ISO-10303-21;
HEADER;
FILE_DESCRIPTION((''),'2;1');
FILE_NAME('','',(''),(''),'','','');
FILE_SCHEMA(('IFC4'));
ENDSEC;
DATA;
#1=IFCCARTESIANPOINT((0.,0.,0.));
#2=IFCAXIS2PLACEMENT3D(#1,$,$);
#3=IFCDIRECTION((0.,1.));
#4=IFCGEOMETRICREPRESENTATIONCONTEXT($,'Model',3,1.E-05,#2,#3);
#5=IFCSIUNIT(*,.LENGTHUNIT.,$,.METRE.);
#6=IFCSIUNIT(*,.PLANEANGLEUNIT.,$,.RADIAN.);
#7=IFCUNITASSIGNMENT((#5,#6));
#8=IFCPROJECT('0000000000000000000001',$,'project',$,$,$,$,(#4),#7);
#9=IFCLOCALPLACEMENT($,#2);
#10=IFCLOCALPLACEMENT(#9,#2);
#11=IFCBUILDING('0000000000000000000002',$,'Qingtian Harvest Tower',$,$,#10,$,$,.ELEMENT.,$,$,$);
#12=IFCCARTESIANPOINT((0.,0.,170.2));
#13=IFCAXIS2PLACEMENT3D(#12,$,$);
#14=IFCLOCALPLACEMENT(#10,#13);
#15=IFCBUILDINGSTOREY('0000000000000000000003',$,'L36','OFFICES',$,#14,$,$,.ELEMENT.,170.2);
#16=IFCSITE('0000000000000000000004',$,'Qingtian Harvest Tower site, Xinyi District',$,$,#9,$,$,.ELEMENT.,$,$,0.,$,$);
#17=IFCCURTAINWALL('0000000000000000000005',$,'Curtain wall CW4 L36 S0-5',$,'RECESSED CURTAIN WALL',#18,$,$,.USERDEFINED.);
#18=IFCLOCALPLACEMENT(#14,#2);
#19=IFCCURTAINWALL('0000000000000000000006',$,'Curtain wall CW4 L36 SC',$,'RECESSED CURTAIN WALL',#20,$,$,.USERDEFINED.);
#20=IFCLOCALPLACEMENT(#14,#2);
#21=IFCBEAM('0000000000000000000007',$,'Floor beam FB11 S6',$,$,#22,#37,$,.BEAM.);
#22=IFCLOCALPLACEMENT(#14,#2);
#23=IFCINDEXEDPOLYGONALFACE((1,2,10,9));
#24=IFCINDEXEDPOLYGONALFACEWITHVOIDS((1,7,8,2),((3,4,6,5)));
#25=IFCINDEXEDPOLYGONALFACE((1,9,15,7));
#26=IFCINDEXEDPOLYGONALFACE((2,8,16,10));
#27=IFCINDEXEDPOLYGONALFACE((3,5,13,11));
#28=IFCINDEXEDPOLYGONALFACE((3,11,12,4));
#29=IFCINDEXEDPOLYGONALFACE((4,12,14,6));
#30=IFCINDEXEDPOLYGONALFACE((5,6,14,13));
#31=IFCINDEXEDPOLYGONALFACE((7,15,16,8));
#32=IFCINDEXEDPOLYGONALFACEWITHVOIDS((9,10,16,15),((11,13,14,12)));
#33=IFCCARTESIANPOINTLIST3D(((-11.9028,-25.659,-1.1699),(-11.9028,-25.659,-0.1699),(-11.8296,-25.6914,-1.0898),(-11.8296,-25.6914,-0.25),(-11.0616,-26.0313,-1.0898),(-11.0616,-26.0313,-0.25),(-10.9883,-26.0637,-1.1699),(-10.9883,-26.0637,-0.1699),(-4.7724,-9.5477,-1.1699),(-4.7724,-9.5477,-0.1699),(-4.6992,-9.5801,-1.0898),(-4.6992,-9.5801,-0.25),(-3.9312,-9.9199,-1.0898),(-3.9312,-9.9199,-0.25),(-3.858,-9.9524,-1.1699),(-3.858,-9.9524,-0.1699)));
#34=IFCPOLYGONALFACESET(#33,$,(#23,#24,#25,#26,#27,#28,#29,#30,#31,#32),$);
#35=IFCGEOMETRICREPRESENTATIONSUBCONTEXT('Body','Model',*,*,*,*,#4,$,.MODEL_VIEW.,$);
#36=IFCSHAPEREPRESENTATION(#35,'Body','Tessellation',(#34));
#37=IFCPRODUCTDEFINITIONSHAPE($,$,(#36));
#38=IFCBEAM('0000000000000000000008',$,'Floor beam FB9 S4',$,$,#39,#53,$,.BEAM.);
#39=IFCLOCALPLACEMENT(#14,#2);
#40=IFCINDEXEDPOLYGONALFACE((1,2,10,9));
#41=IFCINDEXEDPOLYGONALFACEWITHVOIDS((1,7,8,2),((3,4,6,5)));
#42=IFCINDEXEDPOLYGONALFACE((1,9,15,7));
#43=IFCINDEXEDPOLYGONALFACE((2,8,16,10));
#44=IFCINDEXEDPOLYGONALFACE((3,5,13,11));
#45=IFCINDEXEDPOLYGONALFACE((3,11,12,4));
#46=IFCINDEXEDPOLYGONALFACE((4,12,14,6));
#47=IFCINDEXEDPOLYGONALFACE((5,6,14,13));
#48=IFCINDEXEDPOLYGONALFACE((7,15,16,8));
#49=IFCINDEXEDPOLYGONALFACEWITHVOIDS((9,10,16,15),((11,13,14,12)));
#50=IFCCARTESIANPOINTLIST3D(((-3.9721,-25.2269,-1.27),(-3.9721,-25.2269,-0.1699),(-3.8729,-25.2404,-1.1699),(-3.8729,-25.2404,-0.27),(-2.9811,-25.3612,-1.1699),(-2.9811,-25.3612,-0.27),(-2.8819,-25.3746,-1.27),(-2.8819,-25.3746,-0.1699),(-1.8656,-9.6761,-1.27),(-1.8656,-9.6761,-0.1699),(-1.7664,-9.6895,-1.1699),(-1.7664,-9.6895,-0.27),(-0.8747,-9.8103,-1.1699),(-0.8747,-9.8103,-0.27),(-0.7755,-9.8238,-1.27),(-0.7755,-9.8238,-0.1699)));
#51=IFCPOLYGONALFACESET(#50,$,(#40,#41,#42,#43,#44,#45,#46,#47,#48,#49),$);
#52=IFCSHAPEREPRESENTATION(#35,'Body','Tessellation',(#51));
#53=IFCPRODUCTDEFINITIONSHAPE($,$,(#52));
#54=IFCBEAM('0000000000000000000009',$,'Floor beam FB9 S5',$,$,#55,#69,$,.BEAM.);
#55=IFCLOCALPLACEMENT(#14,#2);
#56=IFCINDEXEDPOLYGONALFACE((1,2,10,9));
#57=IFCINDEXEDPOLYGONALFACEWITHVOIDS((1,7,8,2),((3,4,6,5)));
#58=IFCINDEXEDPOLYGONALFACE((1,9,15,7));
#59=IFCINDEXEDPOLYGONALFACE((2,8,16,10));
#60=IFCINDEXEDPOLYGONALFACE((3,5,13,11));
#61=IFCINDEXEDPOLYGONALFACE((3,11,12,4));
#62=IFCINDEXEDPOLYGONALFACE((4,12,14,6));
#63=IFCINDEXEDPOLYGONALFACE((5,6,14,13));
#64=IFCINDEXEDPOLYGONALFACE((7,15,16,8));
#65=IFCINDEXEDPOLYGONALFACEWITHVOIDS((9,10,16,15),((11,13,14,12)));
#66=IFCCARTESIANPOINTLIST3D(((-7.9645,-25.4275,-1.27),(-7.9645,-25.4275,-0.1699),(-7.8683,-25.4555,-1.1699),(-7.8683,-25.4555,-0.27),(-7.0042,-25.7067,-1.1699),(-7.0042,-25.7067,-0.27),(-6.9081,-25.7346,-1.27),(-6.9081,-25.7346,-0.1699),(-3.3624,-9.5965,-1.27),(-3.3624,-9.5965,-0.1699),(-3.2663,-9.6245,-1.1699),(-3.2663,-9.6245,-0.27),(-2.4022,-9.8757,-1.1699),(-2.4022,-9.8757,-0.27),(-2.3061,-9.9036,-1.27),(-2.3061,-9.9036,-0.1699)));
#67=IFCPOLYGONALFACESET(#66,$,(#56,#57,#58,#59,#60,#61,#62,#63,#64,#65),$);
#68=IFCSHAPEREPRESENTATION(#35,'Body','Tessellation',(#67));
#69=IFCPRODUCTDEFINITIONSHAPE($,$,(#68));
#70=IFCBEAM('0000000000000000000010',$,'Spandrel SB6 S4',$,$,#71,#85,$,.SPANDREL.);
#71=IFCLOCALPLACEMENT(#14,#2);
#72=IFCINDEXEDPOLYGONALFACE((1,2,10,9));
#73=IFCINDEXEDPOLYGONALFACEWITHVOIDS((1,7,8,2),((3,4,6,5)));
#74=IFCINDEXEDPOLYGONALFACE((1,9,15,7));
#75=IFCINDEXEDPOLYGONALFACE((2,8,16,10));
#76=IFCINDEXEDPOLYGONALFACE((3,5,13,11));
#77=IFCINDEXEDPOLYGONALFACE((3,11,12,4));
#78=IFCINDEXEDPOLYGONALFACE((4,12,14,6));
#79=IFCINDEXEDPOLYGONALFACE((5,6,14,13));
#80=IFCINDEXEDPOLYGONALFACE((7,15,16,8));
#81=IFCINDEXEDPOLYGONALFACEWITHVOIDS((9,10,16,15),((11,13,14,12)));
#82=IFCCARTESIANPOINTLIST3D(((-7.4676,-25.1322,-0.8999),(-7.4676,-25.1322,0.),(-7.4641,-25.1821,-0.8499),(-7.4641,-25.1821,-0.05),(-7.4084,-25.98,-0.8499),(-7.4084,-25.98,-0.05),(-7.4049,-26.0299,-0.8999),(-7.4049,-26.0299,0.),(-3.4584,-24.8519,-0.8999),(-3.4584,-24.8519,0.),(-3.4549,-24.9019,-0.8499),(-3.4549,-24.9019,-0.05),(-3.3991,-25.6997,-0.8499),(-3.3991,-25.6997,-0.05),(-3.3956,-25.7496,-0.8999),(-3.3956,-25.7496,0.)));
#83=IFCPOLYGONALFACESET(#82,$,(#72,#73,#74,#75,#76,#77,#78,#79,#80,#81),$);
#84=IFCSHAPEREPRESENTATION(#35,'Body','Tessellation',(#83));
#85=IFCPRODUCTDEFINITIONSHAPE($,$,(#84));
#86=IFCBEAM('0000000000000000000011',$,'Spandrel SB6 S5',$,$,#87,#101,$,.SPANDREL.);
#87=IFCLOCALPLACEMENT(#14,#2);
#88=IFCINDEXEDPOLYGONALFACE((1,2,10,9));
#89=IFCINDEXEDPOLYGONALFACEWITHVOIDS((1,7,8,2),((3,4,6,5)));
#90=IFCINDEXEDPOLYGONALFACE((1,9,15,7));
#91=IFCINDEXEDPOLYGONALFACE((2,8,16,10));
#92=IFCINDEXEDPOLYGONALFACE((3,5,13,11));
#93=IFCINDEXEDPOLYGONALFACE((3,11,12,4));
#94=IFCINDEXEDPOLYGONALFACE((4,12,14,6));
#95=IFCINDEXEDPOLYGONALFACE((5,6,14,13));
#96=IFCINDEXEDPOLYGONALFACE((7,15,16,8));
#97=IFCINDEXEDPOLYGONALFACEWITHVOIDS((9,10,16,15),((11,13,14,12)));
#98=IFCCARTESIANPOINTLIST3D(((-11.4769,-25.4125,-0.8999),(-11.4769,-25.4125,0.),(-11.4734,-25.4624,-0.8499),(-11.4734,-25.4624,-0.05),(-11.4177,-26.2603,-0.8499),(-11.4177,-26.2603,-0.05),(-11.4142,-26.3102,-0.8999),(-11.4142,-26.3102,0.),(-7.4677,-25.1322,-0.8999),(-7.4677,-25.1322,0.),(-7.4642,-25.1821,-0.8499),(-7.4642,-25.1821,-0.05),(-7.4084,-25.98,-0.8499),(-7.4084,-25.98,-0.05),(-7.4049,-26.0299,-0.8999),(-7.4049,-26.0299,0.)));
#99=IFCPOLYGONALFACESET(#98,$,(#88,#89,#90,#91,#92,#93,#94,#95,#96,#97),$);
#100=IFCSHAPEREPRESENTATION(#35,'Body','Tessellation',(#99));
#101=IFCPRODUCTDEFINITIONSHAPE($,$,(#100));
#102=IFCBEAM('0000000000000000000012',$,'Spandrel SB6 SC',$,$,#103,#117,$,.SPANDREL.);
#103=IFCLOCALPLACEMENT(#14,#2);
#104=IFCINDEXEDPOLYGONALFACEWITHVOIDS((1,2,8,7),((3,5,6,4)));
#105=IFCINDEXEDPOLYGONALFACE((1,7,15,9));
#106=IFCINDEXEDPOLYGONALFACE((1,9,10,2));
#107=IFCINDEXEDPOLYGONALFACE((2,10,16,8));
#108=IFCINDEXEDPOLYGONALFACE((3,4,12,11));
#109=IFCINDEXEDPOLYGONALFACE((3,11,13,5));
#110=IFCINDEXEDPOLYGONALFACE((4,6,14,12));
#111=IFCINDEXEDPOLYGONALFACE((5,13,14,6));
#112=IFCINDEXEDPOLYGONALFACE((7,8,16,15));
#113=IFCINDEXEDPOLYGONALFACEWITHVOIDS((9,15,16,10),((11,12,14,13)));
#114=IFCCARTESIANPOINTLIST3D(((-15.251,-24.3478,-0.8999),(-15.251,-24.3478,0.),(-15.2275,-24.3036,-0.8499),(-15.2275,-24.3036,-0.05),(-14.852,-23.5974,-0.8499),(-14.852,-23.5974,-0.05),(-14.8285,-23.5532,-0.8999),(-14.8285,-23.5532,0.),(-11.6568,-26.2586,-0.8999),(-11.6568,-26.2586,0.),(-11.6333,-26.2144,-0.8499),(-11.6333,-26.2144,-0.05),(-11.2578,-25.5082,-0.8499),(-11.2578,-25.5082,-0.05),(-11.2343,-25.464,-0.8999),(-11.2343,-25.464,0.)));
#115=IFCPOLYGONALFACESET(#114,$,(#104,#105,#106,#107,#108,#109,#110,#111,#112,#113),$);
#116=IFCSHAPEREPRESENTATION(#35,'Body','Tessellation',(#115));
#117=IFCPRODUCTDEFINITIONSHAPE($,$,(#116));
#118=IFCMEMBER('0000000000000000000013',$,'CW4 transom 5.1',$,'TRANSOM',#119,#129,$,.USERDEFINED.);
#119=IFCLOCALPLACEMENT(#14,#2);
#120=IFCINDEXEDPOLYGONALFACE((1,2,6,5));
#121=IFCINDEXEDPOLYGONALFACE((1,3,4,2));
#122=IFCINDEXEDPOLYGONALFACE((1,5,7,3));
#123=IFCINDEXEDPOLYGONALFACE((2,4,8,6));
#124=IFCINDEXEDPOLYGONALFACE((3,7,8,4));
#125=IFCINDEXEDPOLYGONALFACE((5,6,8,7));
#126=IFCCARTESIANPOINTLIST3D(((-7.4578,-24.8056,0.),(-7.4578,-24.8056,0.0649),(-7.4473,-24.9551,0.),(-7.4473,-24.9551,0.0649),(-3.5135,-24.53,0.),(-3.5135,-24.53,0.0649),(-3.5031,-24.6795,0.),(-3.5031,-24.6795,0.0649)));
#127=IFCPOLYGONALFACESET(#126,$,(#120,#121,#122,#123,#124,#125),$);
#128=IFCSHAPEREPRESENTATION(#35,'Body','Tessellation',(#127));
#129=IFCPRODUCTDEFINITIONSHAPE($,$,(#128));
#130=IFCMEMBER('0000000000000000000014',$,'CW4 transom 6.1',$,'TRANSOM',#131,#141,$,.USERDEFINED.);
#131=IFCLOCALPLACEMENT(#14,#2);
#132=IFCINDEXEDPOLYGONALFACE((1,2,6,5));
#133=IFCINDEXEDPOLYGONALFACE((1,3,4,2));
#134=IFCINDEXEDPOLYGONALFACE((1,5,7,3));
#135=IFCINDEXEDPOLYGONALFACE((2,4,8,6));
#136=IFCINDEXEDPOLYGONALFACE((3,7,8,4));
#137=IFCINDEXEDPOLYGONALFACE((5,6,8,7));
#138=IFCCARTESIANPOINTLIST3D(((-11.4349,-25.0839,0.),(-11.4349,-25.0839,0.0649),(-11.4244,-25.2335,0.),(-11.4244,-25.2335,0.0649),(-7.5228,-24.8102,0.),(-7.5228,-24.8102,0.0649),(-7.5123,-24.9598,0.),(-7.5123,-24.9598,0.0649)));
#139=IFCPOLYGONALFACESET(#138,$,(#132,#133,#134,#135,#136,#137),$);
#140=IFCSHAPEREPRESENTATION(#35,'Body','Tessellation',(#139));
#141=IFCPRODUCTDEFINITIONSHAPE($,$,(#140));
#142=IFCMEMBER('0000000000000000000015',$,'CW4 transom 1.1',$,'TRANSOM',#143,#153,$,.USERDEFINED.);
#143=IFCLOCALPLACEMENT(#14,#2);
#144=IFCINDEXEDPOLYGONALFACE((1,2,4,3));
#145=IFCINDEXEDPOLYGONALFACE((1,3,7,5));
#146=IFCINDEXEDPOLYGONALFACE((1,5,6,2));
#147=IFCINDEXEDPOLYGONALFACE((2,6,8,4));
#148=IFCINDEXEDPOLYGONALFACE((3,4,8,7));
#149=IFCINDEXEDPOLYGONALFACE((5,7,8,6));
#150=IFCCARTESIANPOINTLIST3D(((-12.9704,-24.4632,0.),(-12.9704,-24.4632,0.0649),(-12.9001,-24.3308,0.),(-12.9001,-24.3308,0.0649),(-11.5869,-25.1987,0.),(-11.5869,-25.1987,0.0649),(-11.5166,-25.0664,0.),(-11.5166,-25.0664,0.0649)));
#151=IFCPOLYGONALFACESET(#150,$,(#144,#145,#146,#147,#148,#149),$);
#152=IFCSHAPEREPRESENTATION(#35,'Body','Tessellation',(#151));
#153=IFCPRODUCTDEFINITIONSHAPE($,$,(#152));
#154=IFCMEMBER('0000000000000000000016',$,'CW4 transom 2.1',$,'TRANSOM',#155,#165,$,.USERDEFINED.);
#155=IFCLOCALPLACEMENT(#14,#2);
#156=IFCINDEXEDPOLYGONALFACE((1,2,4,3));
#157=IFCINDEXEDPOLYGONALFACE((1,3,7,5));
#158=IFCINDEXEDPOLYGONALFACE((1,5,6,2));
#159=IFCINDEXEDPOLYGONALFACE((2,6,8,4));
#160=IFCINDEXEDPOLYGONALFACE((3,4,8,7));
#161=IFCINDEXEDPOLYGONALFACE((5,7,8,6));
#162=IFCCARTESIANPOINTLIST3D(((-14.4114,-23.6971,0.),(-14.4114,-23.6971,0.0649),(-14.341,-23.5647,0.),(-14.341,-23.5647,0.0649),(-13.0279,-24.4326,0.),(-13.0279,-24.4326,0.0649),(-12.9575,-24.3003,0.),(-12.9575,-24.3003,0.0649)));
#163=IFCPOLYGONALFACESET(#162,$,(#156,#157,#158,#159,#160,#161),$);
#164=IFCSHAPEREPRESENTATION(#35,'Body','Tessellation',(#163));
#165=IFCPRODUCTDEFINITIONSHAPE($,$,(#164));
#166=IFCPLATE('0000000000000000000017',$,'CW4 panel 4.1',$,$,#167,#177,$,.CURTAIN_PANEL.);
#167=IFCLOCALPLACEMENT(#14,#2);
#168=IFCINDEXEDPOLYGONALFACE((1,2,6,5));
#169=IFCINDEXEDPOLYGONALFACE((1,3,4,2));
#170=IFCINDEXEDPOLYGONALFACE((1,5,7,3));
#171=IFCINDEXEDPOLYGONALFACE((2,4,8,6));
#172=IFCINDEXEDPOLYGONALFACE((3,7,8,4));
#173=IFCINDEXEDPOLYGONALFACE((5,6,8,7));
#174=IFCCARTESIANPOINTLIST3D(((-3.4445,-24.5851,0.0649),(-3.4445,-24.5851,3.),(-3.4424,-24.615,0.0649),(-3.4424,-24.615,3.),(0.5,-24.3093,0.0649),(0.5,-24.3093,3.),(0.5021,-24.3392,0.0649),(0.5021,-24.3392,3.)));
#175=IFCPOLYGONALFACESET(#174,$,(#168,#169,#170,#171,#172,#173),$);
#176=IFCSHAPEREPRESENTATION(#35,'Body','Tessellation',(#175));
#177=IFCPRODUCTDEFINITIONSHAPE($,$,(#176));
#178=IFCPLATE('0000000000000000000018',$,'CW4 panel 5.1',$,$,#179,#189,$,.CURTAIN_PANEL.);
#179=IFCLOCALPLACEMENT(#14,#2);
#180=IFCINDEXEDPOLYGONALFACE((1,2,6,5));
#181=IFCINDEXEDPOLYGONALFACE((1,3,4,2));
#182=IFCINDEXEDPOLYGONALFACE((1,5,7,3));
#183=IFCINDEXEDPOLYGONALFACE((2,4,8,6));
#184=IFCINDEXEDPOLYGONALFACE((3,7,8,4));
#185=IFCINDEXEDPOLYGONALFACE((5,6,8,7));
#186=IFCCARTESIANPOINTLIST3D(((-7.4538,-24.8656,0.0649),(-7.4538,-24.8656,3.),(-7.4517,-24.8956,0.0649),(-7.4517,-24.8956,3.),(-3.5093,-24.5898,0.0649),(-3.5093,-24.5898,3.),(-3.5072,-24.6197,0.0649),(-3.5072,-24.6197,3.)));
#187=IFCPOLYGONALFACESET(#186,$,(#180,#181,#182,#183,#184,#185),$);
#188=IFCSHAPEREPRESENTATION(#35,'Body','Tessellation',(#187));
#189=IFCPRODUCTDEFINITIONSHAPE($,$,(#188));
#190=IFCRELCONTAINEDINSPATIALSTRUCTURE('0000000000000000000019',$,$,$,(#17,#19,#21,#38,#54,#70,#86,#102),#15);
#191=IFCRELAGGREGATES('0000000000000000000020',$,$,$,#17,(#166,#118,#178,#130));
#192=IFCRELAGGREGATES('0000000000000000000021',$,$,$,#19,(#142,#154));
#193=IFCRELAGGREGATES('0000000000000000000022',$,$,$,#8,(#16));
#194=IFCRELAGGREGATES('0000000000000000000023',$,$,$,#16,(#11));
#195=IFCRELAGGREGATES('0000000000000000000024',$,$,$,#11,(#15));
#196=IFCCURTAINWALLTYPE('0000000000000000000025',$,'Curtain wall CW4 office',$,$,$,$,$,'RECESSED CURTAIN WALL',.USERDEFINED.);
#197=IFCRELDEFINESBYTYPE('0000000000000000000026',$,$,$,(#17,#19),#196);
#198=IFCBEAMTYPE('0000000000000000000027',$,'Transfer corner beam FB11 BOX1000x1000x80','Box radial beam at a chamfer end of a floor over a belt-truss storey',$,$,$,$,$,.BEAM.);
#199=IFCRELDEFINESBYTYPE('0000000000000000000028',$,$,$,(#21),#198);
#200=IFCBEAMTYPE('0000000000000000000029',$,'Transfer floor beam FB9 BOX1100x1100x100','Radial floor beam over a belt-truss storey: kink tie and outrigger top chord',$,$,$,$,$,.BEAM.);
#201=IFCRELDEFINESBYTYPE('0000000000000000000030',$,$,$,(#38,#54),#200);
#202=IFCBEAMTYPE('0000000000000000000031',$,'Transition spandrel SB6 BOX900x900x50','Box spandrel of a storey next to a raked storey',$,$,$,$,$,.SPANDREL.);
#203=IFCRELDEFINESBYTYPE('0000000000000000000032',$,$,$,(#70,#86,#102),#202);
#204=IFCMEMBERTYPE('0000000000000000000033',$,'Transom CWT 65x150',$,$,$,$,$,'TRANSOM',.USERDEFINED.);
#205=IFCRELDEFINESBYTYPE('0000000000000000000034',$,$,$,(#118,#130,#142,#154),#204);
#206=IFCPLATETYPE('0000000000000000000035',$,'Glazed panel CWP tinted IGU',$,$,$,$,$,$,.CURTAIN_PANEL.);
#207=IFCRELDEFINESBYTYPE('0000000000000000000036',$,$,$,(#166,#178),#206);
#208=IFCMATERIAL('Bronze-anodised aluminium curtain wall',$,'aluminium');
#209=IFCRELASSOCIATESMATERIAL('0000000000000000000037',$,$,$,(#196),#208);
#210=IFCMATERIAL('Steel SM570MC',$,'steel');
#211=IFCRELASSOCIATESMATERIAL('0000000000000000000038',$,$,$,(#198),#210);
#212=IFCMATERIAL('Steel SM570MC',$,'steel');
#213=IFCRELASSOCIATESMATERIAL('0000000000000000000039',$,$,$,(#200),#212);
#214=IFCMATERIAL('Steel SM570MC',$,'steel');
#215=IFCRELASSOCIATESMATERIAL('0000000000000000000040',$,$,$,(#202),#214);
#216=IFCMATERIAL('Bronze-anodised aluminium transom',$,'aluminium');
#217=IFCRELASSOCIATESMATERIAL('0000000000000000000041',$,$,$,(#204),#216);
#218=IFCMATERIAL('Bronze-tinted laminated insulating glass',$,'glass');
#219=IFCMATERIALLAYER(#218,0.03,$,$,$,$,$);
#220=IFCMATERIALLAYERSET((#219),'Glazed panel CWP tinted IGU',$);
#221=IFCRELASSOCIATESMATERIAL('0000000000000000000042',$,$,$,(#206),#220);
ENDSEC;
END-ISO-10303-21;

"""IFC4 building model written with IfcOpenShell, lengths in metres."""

from ifc_helpers import new_model, si_unit, direction, frame, origin, origin_2d, place, context, subcontext, project, spatial, rectangle, hollow_rectangle, extrude, material, layer, layer_set, material_profile, profile_set, type_object, element, aggregate, save


model = new_model("IFC4")

# Units and contexts
model_context = context("Model", 3, precision=1e-05, world=origin(), true_north=direction((0.0, 1.0)))
body_context = subcontext(model_context, "Body", "Model", "MODEL_VIEW")
ifc_project = project(units=[si_unit("LENGTHUNIT", "METRE"), si_unit("PLANEANGLEUNIT", "RADIAN")], contexts=[model_context])

# Site, building, storey
site_placement = place(None, origin())
site = spatial("IfcSite", under=ifc_project, at=site_placement, Name="Qingtian Harvest Tower site, Xinyi District", CompositionType="ELEMENT", RefElevation=0.0)
building_placement = place(site_placement, origin())
building = spatial("IfcBuilding", under=site, at=building_placement, Name="Qingtian Harvest Tower", CompositionType="ELEMENT")
storey_placement = place(building_placement, frame((0.0, 0.0, 170.2)))
storey = spatial("IfcBuildingStorey", under=building, at=storey_placement, Name="L36", Description="OFFICES", CompositionType="ELEMENT", Elevation=170.2)

# Curtain walls
ifc_material_1 = material(Name="Bronze-anodised aluminium curtain wall", Category="aluminium")
curtain_wall_type = type_object("IfcCurtainWallType", Name="Curtain wall CW4 office", ElementType="RECESSED CURTAIN WALL", PredefinedType="USERDEFINED", material=ifc_material_1)
curtain_wall_1_placement = place(storey_placement, origin())
curtain_wall_1 = element("IfcCurtainWall", 1, at=curtain_wall_1_placement, inside=storey, type_object=curtain_wall_type, Name="Curtain wall CW4 L36 S0-5", ObjectType="RECESSED CURTAIN WALL", PredefinedType="USERDEFINED")
curtain_wall_2_placement = place(storey_placement, origin())
curtain_wall_2 = element("IfcCurtainWall", 2, at=curtain_wall_2_placement, inside=storey, type_object=curtain_wall_type, Name="Curtain wall CW4 L36 SC", ObjectType="RECESSED CURTAIN WALL", PredefinedType="USERDEFINED")

# Beams
ifc_material_2 = material(Name="Steel SM570MC", Category="steel")
ifc_material_profile_1 = material_profile(ifc_material_2, hollow_rectangle(XDim=1.0, YDim=1.0, WallThickness=0.0801, at=origin_2d()), Name="BOX1000x1000x80")
ifc_profile_set_1 = profile_set([ifc_material_profile_1], Name="Steel SM570MC")
beam_type_1 = type_object("IfcBeamType", Name="Transfer corner beam FB11 BOX1000x1000x80", Description="Box radial beam at a chamfer end of a floor over a belt-truss storey", PredefinedType="BEAM", material=ifc_profile_set_1)
beam_1_placement = place(storey_placement, frame((-11.4456, -25.8613, -0.6699), z_axis=(0.404706, 0.914447, 0.0), x_axis=(-0.914447, 0.404706, 0.0)))
element("IfcBeam", 3, at=beam_1_placement, inside=storey, type_object=beam_type_1, Name="Floor beam FB11 S6", PredefinedType="BEAM", context=body_context, shape_type="SweptSolid", body=[
    extrude(hollow_rectangle(XDim=1.0, YDim=1.0, WallThickness=0.0801, at=origin_2d()), origin(), (0.0, 0.0, 1.0), 17.6187),
])
ifc_material_3 = material(Name="Steel SM570MC", Category="steel")
ifc_material_profile_2 = material_profile(ifc_material_3, hollow_rectangle(XDim=1.1001, YDim=1.1001, WallThickness=0.1001, at=origin_2d()), Name="BOX1100x1100x100")
ifc_profile_set_2 = profile_set([ifc_material_profile_2], Name="Steel SM570MC")
beam_type_2 = type_object("IfcBeamType", Name="Transfer floor beam FB9 BOX1100x1100x100", Description="Radial floor beam over a belt-truss storey: kink tie and outrigger top chord", PredefinedType="BEAM", material=ifc_profile_set_2)
beam_2_placement = place(storey_placement, frame((-3.427, -25.3008, -0.72), z_axis=(0.13423, 0.99095, 0.0), x_axis=(-0.99095, 0.13423, 0.0)))
element("IfcBeam", 4, at=beam_2_placement, inside=storey, type_object=beam_type_2, Name="Floor beam FB9 S4", PredefinedType="BEAM", context=body_context, shape_type="SweptSolid", body=[
    extrude(hollow_rectangle(XDim=1.1001, YDim=1.1001, WallThickness=0.1001, at=origin_2d()), origin(), (0.0, 0.0, 1.0), 15.6929),
])
beam_3_placement = place(storey_placement, frame((-7.4363, -25.5811, -0.72), z_axis=(0.279142, 0.96025, 0.0), x_axis=(-0.96025, 0.279142, 0.0)))
element("IfcBeam", 5, at=beam_3_placement, inside=storey, type_object=beam_type_2, Name="Floor beam FB9 S5", PredefinedType="BEAM", context=body_context, shape_type="SweptSolid", body=[
    extrude(hollow_rectangle(XDim=1.1001, YDim=1.1001, WallThickness=0.1001, at=origin_2d()), origin(), (0.0, 0.0, 1.0), 16.4863),
])
ifc_material_4 = material(Name="Steel SM570MC", Category="steel")
ifc_material_profile_3 = material_profile(ifc_material_4, hollow_rectangle(XDim=0.8999, YDim=0.8999, WallThickness=0.05, at=origin_2d()), Name="BOX900x900x50")
ifc_profile_set_3 = profile_set([ifc_material_profile_3], Name="Steel SM570MC")
beam_type_3 = type_object("IfcBeamType", Name="Transition spandrel SB6 BOX900x900x50", Description="Box spandrel of a storey next to a raked storey", PredefinedType="SPANDREL", material=ifc_profile_set_3)
for number, where, z_axis, x_axis, name in (
    (6, (-3.427, -25.3008, -0.45), (-0.997565, -0.069736, 0.0), (0.069736, -0.997565, 0.0), "Spandrel SB6 S4"),
    (7, (-7.4363, -25.5811, -0.45), (-0.997565, -0.069736, 0.0), (0.069736, -0.997565, 0.0), "Spandrel SB6 S5"),
):
    element("IfcBeam", number, at=place(storey_placement, frame(where, z_axis=z_axis, x_axis=x_axis)), inside=storey, type_object=beam_type_3, Name=name, PredefinedType="SPANDREL", context=body_context, shape_type="SweptSolid", body=[
        extrude(hollow_rectangle(XDim=0.8999, YDim=0.8999, WallThickness=0.05, at=origin_2d()), origin(), (0.0, 0.0, 1.0), 4.019),
    ])
beam_4_placement = place(storey_placement, frame((-11.4456, -25.8613, -0.45), z_axis=(-0.882968, 0.469433, 0.0), x_axis=(-0.469433, -0.882968, 0.0)))
element("IfcBeam", 8, at=beam_4_placement, inside=storey, type_object=beam_type_3, Name="Spandrel SB6 SC", PredefinedType="SPANDREL", context=body_context, shape_type="SweptSolid", body=[
    extrude(hollow_rectangle(XDim=0.8999, YDim=0.8999, WallThickness=0.05, at=origin_2d()), origin(), (0.0, 0.0, 1.0), 4.0706),
])

# Members
ifc_material_5 = material(Name="Bronze-anodised aluminium transom", Category="aluminium")
ifc_material_profile_4 = material_profile(ifc_material_5, rectangle(XDim=0.1499, YDim=0.0649, at=origin_2d()), Name="AL 65x150")
ifc_profile_set_4 = profile_set([ifc_material_profile_4], Name="Bronze-anodised aluminium transom")
member_type_1 = type_object("IfcMemberType", Name="Transom CWT 65x150", ElementType="TRANSOM", PredefinedType="USERDEFINED", material=ifc_profile_set_4)
member_1_placement = place(storey_placement, frame((-3.5083, -24.6047, 0.0325), z_axis=(-0.997567, -0.069711, 0.0), x_axis=(0.069711, -0.997567, 0.0)))
member_1 = element("IfcMember", 9, at=member_1_placement, type_object=member_type_1, Name="CW4 transom 5.1", ObjectType="TRANSOM", PredefinedType="USERDEFINED", context=body_context, shape_type="SweptSolid", body=[
    extrude(rectangle(XDim=0.1499, YDim=0.0649, at=origin_2d()), origin(), (0.0, 0.0, 1.0), 3.9539),
])
member_2_placement = place(storey_placement, frame((-7.5176, -24.885, 0.0325), z_axis=(-0.997562, -0.069787, 0.0), x_axis=(0.069787, -0.997562, 0.0)))
member_2 = element("IfcMember", 10, at=member_2_placement, type_object=member_type_1, Name="CW4 transom 6.1", ObjectType="TRANSOM", PredefinedType="USERDEFINED", context=body_context, shape_type="SweptSolid", body=[
    extrude(rectangle(XDim=0.1499, YDim=0.0649, at=origin_2d()), origin(), (0.0, 0.0, 1.0), 3.9216),
])
member_3_placement = place(storey_placement, frame((-11.5518, -25.1326, 0.0325), z_axis=(-0.88296, 0.469448, 0.0), x_axis=(-0.469448, -0.88296, 0.0)))
member_3 = element("IfcMember", 11, at=member_3_placement, type_object=member_type_1, Name="CW4 transom 1.1", ObjectType="TRANSOM", PredefinedType="USERDEFINED", context=body_context, shape_type="SweptSolid", body=[
    extrude(rectangle(XDim=0.1499, YDim=0.0649, at=origin_2d()), origin(), (0.0, 0.0, 1.0), 1.5669),
])
member_4_placement = place(storey_placement, frame((-12.9927, -24.3665, 0.0325), z_axis=(-0.88296, 0.469448, 0.0), x_axis=(-0.469448, -0.88296, 0.0)))
member_4 = element("IfcMember", 12, at=member_4_placement, type_object=member_type_1, Name="CW4 transom 2.1", ObjectType="TRANSOM", PredefinedType="USERDEFINED", context=body_context, shape_type="SweptSolid", body=[
    extrude(rectangle(XDim=0.1499, YDim=0.0649, at=origin_2d()), origin(), (0.0, 0.0, 1.0), 1.5669),
])

# Plates
ifc_material_6 = material(Name="Bronze-tinted laminated insulating glass", Category="glass")
ifc_layer_1 = layer(ifc_material_6, 0.03)
ifc_layer_set_1 = layer_set([ifc_layer_1], Name="Glazed panel CWP tinted IGU")
plate_type = type_object("IfcPlateType", Name="Glazed panel CWP tinted IGU", PredefinedType="CURTAIN_PANEL", material=ifc_layer_set_1)
plate_1_placement = place(storey_placement, frame((-1.4712, -24.4622, 0.0649), z_axis=(0.0, 0.0, 1.0), x_axis=(-0.997564, -0.069756, 0.0)))
plate_1 = element("IfcPlate", 13, at=plate_1_placement, type_object=plate_type, Name="CW4 panel 4.1", PredefinedType="CURTAIN_PANEL", context=body_context, shape_type="SweptSolid", body=[
    extrude(rectangle(XDim=3.9541, YDim=0.03, at=origin_2d()), origin(), (0.0, 0.0, 1.0), 2.9351),
])
plate_2_placement = place(storey_placement, frame((-5.4805, -24.7427, 0.0649), z_axis=(0.0, 0.0, 1.0), x_axis=(-0.997564, -0.069756, 0.0)))
plate_2 = element("IfcPlate", 14, at=plate_2_placement, type_object=plate_type, Name="CW4 panel 5.1", PredefinedType="CURTAIN_PANEL", context=body_context, shape_type="SweptSolid", body=[
    extrude(rectangle(XDim=3.9541, YDim=0.03, at=origin_2d()), origin(), (0.0, 0.0, 1.0), 2.9351),
])
aggregate(curtain_wall_1, [plate_1, member_1, plate_2, member_2])
aggregate(curtain_wall_2, [member_3, member_4])

save(model, "model.ifc")
